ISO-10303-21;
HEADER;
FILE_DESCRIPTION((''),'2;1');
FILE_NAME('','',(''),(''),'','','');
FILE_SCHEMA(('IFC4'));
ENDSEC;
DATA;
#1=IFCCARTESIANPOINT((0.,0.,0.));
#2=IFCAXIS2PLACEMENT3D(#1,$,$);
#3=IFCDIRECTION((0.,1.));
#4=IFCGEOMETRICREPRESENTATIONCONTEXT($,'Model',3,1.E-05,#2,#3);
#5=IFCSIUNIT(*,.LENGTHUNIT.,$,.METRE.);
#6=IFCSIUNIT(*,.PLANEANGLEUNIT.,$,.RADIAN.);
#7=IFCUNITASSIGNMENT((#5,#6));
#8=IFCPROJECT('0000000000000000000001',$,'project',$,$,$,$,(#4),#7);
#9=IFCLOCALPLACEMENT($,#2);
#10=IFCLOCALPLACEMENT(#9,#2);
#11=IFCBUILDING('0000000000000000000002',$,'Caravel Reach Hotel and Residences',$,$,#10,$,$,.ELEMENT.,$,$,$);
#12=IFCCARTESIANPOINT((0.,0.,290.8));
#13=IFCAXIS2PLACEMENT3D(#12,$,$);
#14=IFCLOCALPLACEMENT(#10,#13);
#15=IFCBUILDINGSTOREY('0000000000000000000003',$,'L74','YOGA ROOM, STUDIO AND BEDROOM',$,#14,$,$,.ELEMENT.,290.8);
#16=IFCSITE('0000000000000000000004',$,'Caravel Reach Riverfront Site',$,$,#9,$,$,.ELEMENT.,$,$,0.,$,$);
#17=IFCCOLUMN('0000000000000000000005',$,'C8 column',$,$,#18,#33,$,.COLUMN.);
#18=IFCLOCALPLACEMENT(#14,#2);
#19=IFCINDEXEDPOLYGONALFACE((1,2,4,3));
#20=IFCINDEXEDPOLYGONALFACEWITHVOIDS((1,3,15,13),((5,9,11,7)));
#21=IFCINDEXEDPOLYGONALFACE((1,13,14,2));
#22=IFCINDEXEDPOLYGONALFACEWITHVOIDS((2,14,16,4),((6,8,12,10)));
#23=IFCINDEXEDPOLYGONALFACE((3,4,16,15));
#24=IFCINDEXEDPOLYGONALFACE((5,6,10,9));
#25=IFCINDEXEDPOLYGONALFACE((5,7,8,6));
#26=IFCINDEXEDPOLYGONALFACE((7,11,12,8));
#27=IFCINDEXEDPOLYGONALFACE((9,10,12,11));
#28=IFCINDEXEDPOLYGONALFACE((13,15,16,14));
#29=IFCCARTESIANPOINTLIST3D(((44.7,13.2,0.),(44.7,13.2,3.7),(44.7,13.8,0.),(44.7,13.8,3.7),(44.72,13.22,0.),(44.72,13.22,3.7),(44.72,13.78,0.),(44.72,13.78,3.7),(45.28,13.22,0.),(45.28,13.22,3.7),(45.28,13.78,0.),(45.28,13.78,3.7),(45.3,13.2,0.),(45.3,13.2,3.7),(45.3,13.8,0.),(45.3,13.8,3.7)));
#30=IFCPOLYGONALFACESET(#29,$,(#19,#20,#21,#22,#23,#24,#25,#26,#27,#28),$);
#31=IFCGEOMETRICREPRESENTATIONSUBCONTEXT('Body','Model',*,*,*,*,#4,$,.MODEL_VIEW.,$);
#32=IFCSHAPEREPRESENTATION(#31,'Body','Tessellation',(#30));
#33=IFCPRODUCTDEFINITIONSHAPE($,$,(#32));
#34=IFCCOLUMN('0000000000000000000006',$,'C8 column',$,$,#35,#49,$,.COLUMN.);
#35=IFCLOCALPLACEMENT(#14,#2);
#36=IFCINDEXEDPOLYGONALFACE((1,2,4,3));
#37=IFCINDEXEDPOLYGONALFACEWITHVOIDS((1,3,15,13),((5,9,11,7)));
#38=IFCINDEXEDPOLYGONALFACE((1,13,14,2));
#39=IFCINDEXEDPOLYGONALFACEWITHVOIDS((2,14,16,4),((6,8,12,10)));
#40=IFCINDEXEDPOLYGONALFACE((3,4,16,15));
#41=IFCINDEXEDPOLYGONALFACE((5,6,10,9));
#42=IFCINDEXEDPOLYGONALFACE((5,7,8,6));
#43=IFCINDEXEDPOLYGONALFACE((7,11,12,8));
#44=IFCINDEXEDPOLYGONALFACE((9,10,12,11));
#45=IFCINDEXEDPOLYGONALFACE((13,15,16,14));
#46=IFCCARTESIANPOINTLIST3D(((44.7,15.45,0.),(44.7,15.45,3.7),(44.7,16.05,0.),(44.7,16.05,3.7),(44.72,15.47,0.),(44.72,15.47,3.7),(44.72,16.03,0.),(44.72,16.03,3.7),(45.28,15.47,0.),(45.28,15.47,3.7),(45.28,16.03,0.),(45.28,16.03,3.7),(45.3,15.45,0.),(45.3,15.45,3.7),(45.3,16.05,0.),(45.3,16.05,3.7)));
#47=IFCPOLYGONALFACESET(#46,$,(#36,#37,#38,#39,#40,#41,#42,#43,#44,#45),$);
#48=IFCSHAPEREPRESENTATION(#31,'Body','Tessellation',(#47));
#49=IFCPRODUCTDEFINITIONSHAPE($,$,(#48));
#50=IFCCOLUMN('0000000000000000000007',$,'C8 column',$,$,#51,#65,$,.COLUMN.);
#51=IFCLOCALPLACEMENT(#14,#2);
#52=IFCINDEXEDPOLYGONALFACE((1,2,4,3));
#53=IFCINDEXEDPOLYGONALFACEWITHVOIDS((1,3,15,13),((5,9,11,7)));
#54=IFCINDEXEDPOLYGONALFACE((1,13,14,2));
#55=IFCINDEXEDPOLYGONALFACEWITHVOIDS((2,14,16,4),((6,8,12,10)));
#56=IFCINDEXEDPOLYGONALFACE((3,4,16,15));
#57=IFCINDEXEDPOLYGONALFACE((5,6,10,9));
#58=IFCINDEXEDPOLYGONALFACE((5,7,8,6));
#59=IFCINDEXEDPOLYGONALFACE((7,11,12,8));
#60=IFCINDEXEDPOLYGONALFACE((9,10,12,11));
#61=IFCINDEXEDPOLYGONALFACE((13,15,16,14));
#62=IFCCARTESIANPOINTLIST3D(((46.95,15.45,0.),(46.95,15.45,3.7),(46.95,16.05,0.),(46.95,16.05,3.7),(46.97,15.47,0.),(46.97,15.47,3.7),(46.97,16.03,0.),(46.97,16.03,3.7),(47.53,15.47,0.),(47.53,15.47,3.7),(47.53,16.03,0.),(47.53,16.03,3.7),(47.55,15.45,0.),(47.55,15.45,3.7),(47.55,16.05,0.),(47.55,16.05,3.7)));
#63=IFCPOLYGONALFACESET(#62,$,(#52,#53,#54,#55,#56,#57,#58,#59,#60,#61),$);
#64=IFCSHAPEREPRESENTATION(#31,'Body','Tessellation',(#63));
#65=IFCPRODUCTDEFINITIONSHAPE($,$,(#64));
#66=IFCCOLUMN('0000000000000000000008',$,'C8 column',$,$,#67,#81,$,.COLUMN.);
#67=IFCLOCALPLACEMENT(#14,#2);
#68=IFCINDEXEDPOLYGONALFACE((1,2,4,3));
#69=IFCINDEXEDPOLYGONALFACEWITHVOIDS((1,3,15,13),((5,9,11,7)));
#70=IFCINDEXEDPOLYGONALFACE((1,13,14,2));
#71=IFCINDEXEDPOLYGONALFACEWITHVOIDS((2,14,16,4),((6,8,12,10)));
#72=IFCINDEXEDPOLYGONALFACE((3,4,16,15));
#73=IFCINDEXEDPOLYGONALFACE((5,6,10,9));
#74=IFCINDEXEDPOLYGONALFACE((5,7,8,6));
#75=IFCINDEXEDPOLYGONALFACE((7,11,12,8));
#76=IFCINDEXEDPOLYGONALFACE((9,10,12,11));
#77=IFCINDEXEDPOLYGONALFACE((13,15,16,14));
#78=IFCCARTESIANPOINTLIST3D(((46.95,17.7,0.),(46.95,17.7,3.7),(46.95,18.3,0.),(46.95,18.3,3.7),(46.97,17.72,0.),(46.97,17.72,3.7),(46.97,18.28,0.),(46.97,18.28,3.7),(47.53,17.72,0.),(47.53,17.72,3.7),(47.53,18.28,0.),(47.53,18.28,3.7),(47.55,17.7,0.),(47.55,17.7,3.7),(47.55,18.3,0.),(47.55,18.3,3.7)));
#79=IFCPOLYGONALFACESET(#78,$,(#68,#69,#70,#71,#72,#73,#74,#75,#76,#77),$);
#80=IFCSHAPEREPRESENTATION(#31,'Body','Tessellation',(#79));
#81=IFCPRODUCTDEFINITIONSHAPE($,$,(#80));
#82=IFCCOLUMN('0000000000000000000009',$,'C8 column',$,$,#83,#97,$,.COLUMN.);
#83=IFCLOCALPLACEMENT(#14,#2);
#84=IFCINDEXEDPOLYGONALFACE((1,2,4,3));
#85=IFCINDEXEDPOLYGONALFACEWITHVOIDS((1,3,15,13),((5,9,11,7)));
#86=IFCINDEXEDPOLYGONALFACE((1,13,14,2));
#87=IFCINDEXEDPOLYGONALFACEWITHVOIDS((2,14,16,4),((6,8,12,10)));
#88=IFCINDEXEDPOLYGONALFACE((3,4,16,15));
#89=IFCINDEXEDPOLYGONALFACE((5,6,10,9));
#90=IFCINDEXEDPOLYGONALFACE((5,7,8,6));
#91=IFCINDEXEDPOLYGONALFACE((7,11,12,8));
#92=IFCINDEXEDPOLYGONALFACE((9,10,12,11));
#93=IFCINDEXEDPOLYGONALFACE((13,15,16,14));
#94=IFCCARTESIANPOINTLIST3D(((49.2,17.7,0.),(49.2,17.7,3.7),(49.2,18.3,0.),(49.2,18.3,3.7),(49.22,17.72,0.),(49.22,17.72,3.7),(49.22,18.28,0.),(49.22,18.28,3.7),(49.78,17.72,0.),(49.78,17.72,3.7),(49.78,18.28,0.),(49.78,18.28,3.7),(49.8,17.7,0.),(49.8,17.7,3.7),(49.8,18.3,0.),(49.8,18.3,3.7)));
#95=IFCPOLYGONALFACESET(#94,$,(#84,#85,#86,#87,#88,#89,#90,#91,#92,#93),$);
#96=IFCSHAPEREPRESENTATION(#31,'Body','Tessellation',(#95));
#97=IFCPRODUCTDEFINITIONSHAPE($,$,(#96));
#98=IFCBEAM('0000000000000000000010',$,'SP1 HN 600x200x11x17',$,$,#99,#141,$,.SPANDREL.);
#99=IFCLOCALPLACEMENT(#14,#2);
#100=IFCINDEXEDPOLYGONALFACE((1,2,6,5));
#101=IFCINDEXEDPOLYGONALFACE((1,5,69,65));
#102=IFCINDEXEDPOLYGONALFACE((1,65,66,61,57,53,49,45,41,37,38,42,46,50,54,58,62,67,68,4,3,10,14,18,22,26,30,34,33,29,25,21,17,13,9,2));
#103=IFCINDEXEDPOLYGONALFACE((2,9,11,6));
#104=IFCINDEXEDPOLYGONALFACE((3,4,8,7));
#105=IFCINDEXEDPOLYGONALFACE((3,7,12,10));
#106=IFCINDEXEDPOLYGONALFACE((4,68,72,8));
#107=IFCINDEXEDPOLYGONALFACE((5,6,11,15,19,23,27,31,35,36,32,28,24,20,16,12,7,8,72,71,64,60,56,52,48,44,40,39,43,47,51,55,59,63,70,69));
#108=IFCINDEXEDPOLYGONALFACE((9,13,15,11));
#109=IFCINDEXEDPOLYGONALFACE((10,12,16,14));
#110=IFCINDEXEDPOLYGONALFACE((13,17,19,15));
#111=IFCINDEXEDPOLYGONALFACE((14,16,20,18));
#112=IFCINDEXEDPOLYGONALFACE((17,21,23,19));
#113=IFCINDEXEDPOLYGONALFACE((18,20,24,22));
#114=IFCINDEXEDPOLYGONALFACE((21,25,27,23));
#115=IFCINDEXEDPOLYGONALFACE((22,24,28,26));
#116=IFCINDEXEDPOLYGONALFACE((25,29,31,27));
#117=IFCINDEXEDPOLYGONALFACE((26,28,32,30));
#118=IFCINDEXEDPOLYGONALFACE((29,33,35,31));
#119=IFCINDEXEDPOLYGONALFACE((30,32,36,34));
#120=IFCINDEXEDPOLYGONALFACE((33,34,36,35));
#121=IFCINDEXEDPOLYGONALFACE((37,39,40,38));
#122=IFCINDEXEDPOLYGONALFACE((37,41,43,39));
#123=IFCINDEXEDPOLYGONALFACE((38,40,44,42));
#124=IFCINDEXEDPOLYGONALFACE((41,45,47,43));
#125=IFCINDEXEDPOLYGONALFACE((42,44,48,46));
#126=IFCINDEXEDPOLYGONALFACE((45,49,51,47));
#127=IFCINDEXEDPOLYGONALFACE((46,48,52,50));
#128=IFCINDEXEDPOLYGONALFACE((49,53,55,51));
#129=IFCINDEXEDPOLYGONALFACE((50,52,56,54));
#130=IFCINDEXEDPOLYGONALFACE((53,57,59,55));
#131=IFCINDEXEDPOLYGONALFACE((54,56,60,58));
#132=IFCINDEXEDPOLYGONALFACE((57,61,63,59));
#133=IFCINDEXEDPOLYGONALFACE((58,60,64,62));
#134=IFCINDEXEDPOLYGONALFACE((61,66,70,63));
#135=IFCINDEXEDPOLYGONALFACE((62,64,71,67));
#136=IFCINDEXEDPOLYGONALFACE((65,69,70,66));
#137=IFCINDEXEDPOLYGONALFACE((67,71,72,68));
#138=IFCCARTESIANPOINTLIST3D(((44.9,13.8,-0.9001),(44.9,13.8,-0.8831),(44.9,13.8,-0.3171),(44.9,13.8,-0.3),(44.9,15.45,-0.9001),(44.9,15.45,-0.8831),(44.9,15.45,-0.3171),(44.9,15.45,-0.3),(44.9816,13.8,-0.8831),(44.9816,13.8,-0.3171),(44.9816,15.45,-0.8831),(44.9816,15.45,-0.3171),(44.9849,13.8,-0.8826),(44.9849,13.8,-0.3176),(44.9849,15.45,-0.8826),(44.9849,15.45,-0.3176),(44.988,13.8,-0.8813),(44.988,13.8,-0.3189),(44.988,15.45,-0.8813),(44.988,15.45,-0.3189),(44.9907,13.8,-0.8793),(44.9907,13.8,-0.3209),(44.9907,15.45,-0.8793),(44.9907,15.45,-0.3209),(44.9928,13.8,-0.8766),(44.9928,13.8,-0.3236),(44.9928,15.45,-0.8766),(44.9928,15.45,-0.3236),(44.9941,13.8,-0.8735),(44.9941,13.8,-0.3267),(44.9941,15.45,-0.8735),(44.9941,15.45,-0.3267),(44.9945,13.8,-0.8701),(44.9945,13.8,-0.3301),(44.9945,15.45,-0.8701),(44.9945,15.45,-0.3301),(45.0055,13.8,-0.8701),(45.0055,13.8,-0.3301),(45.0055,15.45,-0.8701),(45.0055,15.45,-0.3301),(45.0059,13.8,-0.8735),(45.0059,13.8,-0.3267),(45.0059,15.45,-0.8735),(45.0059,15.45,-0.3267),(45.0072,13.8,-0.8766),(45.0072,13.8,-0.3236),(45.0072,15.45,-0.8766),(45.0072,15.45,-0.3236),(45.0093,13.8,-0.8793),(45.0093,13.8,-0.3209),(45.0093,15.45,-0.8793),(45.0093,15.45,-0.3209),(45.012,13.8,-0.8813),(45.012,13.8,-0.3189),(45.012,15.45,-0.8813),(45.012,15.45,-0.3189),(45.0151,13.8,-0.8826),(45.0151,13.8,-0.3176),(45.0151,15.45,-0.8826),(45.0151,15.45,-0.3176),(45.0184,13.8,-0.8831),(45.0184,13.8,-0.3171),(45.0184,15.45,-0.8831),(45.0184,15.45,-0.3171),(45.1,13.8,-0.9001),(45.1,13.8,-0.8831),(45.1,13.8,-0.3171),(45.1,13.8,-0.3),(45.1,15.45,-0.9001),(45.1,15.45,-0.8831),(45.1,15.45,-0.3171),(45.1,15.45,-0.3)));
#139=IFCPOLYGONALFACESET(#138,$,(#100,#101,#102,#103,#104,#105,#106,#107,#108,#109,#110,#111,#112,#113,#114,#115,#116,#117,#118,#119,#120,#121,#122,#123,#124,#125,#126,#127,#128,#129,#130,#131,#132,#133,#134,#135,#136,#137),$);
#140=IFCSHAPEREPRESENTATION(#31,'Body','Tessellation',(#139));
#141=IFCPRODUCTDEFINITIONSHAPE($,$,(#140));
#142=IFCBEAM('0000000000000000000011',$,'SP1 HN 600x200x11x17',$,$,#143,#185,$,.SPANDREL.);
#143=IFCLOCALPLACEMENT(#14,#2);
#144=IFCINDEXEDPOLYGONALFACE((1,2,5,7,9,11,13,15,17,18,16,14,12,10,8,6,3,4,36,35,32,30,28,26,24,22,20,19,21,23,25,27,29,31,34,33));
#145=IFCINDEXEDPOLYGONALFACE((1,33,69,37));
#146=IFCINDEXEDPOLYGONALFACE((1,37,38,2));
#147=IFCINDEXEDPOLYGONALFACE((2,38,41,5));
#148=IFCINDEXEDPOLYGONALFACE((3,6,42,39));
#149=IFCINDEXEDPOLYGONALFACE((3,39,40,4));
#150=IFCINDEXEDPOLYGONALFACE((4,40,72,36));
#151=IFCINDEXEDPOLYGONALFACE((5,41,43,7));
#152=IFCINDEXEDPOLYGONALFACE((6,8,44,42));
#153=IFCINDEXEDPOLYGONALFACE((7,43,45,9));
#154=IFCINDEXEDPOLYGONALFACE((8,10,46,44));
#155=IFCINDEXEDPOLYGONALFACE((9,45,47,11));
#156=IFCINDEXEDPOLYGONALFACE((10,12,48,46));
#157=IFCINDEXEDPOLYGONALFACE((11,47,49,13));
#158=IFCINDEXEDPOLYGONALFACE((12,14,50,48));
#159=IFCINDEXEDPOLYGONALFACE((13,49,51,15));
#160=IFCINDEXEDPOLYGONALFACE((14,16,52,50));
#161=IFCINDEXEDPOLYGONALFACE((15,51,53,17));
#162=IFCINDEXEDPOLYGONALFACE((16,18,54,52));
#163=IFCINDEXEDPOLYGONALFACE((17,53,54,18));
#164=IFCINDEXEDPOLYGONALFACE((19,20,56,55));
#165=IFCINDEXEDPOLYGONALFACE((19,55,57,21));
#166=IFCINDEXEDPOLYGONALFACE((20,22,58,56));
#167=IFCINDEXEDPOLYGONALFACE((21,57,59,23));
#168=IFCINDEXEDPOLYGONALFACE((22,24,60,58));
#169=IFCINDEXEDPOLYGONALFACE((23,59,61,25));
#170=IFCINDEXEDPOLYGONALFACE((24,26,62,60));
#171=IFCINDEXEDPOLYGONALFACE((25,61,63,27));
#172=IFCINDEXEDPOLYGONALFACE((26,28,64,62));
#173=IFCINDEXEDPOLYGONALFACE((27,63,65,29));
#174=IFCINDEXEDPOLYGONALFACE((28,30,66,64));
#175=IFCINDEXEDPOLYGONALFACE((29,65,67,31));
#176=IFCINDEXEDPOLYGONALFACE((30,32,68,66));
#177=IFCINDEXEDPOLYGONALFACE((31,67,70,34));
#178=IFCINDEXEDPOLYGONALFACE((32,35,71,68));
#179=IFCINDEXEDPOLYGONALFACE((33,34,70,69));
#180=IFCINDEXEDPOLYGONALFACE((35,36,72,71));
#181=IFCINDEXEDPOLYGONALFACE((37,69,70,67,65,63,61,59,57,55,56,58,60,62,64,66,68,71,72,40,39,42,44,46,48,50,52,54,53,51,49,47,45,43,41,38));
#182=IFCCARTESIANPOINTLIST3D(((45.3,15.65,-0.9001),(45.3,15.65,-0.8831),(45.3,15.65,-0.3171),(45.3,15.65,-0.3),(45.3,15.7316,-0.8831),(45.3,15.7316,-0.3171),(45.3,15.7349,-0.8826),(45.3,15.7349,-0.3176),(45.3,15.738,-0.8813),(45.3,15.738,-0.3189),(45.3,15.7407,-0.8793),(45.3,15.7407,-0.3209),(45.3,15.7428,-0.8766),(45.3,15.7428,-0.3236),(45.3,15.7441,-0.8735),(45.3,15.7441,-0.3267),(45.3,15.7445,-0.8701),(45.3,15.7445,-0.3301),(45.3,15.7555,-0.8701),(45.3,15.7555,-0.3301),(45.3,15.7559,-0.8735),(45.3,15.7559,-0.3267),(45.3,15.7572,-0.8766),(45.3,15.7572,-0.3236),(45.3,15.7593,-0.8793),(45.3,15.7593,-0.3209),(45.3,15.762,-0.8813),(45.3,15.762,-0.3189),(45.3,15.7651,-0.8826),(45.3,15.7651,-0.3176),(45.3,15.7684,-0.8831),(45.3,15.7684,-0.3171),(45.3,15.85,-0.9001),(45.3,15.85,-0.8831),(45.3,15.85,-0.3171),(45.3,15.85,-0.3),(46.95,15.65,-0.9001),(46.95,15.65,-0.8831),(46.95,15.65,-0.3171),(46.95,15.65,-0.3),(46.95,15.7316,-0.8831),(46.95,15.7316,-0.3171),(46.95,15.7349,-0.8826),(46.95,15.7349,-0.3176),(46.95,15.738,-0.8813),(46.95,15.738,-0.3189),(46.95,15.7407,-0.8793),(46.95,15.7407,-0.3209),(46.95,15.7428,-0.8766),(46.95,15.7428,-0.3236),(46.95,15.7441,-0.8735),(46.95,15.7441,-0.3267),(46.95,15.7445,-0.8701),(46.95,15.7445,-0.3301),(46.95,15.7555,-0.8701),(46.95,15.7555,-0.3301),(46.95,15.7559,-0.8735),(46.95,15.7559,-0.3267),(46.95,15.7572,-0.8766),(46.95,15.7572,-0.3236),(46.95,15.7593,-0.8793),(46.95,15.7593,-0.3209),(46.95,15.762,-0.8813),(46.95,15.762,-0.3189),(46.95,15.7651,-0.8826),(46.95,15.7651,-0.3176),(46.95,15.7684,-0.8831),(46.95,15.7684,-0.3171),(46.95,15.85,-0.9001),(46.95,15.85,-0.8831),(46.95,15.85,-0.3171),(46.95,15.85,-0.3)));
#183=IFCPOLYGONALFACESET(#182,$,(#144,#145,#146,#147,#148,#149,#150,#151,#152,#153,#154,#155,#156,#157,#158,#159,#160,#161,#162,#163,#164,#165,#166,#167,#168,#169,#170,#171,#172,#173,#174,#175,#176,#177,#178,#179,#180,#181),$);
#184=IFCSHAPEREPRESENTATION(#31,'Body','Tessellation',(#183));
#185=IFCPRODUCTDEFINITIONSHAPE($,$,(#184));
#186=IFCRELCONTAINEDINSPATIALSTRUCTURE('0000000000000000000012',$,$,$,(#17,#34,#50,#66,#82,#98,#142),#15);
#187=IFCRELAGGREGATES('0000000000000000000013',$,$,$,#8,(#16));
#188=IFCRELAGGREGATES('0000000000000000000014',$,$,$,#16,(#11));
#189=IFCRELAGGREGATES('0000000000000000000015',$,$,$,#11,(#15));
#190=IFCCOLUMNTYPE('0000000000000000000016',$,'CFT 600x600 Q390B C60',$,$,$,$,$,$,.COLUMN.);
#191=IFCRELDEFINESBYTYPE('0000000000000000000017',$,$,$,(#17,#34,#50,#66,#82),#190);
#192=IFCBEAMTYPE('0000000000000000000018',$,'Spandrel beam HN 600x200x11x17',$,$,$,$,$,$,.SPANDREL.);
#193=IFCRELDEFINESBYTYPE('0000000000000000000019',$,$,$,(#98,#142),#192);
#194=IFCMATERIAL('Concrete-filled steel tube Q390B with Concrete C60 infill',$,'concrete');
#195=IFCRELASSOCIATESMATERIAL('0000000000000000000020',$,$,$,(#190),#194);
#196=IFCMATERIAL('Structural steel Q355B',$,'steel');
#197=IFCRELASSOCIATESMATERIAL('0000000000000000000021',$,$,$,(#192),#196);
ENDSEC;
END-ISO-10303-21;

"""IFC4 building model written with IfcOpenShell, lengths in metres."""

from ifc_helpers import new_model, si_unit, direction, frame, origin, origin_2d, place, context, subcontext, project, spatial, hollow_rectangle, i_section, extrude, material, material_profile, profile_set, type_object, element, save


model = new_model("IFC4")

# Units and contexts
model_context = context("Model", 3, precision=1e-05, world=origin(), true_north=direction((0.0, 1.0)))
body_context = subcontext(model_context, "Body", "Model", "MODEL_VIEW")
ifc_project = project(units=[si_unit("LENGTHUNIT", "METRE"), si_unit("PLANEANGLEUNIT", "RADIAN")], contexts=[model_context])

# Site, building, storey
site_placement = place(None, origin())
site = spatial("IfcSite", under=ifc_project, at=site_placement, Name="Caravel Reach Riverfront Site", CompositionType="ELEMENT", RefElevation=0.0)
building_placement = place(site_placement, origin())
building = spatial("IfcBuilding", under=site, at=building_placement, Name="Caravel Reach Hotel and Residences", CompositionType="ELEMENT")
storey_placement = place(building_placement, frame((0.0, 0.0, 290.8)))
storey = spatial("IfcBuildingStorey", under=building, at=storey_placement, Name="L74", Description="YOGA ROOM, STUDIO AND BEDROOM", CompositionType="ELEMENT", Elevation=290.8)

# Columns
ifc_material_1 = material(Name="Concrete-filled steel tube Q390B with Concrete C60 infill", Category="concrete")
ifc_material_profile_1 = material_profile(ifc_material_1, hollow_rectangle(XDim=0.6001, YDim=0.6001, WallThickness=0.02, at=origin_2d()), Name="RHS 600x600x20")
ifc_profile_set_1 = profile_set([ifc_material_profile_1], Name="Concrete-filled steel tube Q390B with Concrete C60 infill")
column_type = type_object("IfcColumnType", Name="CFT 600x600 Q390B C60", PredefinedType="COLUMN", material=ifc_profile_set_1)
for number, where, z_axis, x_axis, name in (
    (1, (45.0, 13.5, 0.0), (0.0, 0.0, 1.0), (1.0, 0.0, 0.0), "C8 column"),
    (2, (45.0, 15.75, 0.0), (0.0, 0.0, 1.0), (1.0, 0.0, 0.0), "C8 column"),
    (3, (47.25, 15.75, 0.0), (0.0, 0.0, 1.0), (1.0, 0.0, 0.0), "C8 column"),
    (4, (47.25, 18.0, 0.0), (0.0, 0.0, 1.0), (1.0, 0.0, 0.0), "C8 column"),
    (5, (49.5, 18.0, 0.0), (0.0, 0.0, 1.0), (1.0, 0.0, 0.0), "C8 column"),
):
    element("IfcColumn", number, at=place(storey_placement, frame(where, z_axis=z_axis, x_axis=x_axis)), inside=storey, type_object=column_type, Name=name, PredefinedType="COLUMN", context=body_context, shape_type="SweptSolid", body=[
        extrude(hollow_rectangle(XDim=0.6001, YDim=0.6001, WallThickness=0.02, at=origin_2d()), origin(), (0.0, 0.0, 1.0), 3.7),
    ])

# Beams
ifc_material_2 = material(Name="Structural steel Q355B", Category="steel")
ifc_material_profile_2 = material_profile(ifc_material_2, i_section(OverallWidth=0.2, OverallDepth=0.6001, WebThickness=0.011, FlangeThickness=0.0171, FilletRadius=0.0129, at=origin_2d()), Name="HN 600x200x11x17")
ifc_profile_set_2 = profile_set([ifc_material_profile_2], Name="Structural steel Q355B")
beam_type = type_object("IfcBeamType", Name="Spandrel beam HN 600x200x11x17", PredefinedType="SPANDREL", material=ifc_profile_set_2)
for number, where, z_axis, x_axis, name in (
    (6, (45.0, 13.8, -0.6001), (0.0, 1.0, 0.0), (-1.0, 0.0, 0.0), "SP1 HN 600x200x11x17"),
    (7, (45.3, 15.75, -0.6001), (1.0, 0.0, 0.0), (0.0, 1.0, 0.0), "SP1 HN 600x200x11x17"),
):
    element("IfcBeam", number, at=place(storey_placement, frame(where, z_axis=z_axis, x_axis=x_axis)), inside=storey, type_object=beam_type, Name=name, PredefinedType="SPANDREL", context=body_context, shape_type="SweptSolid", body=[
        extrude(i_section(OverallWidth=0.2, OverallDepth=0.6001, WebThickness=0.011, FlangeThickness=0.0171, FilletRadius=0.0129, at=origin_2d()), origin(), (0.0, 0.0, 1.0), 1.6499),
    ])

save(model, "model.ifc")
